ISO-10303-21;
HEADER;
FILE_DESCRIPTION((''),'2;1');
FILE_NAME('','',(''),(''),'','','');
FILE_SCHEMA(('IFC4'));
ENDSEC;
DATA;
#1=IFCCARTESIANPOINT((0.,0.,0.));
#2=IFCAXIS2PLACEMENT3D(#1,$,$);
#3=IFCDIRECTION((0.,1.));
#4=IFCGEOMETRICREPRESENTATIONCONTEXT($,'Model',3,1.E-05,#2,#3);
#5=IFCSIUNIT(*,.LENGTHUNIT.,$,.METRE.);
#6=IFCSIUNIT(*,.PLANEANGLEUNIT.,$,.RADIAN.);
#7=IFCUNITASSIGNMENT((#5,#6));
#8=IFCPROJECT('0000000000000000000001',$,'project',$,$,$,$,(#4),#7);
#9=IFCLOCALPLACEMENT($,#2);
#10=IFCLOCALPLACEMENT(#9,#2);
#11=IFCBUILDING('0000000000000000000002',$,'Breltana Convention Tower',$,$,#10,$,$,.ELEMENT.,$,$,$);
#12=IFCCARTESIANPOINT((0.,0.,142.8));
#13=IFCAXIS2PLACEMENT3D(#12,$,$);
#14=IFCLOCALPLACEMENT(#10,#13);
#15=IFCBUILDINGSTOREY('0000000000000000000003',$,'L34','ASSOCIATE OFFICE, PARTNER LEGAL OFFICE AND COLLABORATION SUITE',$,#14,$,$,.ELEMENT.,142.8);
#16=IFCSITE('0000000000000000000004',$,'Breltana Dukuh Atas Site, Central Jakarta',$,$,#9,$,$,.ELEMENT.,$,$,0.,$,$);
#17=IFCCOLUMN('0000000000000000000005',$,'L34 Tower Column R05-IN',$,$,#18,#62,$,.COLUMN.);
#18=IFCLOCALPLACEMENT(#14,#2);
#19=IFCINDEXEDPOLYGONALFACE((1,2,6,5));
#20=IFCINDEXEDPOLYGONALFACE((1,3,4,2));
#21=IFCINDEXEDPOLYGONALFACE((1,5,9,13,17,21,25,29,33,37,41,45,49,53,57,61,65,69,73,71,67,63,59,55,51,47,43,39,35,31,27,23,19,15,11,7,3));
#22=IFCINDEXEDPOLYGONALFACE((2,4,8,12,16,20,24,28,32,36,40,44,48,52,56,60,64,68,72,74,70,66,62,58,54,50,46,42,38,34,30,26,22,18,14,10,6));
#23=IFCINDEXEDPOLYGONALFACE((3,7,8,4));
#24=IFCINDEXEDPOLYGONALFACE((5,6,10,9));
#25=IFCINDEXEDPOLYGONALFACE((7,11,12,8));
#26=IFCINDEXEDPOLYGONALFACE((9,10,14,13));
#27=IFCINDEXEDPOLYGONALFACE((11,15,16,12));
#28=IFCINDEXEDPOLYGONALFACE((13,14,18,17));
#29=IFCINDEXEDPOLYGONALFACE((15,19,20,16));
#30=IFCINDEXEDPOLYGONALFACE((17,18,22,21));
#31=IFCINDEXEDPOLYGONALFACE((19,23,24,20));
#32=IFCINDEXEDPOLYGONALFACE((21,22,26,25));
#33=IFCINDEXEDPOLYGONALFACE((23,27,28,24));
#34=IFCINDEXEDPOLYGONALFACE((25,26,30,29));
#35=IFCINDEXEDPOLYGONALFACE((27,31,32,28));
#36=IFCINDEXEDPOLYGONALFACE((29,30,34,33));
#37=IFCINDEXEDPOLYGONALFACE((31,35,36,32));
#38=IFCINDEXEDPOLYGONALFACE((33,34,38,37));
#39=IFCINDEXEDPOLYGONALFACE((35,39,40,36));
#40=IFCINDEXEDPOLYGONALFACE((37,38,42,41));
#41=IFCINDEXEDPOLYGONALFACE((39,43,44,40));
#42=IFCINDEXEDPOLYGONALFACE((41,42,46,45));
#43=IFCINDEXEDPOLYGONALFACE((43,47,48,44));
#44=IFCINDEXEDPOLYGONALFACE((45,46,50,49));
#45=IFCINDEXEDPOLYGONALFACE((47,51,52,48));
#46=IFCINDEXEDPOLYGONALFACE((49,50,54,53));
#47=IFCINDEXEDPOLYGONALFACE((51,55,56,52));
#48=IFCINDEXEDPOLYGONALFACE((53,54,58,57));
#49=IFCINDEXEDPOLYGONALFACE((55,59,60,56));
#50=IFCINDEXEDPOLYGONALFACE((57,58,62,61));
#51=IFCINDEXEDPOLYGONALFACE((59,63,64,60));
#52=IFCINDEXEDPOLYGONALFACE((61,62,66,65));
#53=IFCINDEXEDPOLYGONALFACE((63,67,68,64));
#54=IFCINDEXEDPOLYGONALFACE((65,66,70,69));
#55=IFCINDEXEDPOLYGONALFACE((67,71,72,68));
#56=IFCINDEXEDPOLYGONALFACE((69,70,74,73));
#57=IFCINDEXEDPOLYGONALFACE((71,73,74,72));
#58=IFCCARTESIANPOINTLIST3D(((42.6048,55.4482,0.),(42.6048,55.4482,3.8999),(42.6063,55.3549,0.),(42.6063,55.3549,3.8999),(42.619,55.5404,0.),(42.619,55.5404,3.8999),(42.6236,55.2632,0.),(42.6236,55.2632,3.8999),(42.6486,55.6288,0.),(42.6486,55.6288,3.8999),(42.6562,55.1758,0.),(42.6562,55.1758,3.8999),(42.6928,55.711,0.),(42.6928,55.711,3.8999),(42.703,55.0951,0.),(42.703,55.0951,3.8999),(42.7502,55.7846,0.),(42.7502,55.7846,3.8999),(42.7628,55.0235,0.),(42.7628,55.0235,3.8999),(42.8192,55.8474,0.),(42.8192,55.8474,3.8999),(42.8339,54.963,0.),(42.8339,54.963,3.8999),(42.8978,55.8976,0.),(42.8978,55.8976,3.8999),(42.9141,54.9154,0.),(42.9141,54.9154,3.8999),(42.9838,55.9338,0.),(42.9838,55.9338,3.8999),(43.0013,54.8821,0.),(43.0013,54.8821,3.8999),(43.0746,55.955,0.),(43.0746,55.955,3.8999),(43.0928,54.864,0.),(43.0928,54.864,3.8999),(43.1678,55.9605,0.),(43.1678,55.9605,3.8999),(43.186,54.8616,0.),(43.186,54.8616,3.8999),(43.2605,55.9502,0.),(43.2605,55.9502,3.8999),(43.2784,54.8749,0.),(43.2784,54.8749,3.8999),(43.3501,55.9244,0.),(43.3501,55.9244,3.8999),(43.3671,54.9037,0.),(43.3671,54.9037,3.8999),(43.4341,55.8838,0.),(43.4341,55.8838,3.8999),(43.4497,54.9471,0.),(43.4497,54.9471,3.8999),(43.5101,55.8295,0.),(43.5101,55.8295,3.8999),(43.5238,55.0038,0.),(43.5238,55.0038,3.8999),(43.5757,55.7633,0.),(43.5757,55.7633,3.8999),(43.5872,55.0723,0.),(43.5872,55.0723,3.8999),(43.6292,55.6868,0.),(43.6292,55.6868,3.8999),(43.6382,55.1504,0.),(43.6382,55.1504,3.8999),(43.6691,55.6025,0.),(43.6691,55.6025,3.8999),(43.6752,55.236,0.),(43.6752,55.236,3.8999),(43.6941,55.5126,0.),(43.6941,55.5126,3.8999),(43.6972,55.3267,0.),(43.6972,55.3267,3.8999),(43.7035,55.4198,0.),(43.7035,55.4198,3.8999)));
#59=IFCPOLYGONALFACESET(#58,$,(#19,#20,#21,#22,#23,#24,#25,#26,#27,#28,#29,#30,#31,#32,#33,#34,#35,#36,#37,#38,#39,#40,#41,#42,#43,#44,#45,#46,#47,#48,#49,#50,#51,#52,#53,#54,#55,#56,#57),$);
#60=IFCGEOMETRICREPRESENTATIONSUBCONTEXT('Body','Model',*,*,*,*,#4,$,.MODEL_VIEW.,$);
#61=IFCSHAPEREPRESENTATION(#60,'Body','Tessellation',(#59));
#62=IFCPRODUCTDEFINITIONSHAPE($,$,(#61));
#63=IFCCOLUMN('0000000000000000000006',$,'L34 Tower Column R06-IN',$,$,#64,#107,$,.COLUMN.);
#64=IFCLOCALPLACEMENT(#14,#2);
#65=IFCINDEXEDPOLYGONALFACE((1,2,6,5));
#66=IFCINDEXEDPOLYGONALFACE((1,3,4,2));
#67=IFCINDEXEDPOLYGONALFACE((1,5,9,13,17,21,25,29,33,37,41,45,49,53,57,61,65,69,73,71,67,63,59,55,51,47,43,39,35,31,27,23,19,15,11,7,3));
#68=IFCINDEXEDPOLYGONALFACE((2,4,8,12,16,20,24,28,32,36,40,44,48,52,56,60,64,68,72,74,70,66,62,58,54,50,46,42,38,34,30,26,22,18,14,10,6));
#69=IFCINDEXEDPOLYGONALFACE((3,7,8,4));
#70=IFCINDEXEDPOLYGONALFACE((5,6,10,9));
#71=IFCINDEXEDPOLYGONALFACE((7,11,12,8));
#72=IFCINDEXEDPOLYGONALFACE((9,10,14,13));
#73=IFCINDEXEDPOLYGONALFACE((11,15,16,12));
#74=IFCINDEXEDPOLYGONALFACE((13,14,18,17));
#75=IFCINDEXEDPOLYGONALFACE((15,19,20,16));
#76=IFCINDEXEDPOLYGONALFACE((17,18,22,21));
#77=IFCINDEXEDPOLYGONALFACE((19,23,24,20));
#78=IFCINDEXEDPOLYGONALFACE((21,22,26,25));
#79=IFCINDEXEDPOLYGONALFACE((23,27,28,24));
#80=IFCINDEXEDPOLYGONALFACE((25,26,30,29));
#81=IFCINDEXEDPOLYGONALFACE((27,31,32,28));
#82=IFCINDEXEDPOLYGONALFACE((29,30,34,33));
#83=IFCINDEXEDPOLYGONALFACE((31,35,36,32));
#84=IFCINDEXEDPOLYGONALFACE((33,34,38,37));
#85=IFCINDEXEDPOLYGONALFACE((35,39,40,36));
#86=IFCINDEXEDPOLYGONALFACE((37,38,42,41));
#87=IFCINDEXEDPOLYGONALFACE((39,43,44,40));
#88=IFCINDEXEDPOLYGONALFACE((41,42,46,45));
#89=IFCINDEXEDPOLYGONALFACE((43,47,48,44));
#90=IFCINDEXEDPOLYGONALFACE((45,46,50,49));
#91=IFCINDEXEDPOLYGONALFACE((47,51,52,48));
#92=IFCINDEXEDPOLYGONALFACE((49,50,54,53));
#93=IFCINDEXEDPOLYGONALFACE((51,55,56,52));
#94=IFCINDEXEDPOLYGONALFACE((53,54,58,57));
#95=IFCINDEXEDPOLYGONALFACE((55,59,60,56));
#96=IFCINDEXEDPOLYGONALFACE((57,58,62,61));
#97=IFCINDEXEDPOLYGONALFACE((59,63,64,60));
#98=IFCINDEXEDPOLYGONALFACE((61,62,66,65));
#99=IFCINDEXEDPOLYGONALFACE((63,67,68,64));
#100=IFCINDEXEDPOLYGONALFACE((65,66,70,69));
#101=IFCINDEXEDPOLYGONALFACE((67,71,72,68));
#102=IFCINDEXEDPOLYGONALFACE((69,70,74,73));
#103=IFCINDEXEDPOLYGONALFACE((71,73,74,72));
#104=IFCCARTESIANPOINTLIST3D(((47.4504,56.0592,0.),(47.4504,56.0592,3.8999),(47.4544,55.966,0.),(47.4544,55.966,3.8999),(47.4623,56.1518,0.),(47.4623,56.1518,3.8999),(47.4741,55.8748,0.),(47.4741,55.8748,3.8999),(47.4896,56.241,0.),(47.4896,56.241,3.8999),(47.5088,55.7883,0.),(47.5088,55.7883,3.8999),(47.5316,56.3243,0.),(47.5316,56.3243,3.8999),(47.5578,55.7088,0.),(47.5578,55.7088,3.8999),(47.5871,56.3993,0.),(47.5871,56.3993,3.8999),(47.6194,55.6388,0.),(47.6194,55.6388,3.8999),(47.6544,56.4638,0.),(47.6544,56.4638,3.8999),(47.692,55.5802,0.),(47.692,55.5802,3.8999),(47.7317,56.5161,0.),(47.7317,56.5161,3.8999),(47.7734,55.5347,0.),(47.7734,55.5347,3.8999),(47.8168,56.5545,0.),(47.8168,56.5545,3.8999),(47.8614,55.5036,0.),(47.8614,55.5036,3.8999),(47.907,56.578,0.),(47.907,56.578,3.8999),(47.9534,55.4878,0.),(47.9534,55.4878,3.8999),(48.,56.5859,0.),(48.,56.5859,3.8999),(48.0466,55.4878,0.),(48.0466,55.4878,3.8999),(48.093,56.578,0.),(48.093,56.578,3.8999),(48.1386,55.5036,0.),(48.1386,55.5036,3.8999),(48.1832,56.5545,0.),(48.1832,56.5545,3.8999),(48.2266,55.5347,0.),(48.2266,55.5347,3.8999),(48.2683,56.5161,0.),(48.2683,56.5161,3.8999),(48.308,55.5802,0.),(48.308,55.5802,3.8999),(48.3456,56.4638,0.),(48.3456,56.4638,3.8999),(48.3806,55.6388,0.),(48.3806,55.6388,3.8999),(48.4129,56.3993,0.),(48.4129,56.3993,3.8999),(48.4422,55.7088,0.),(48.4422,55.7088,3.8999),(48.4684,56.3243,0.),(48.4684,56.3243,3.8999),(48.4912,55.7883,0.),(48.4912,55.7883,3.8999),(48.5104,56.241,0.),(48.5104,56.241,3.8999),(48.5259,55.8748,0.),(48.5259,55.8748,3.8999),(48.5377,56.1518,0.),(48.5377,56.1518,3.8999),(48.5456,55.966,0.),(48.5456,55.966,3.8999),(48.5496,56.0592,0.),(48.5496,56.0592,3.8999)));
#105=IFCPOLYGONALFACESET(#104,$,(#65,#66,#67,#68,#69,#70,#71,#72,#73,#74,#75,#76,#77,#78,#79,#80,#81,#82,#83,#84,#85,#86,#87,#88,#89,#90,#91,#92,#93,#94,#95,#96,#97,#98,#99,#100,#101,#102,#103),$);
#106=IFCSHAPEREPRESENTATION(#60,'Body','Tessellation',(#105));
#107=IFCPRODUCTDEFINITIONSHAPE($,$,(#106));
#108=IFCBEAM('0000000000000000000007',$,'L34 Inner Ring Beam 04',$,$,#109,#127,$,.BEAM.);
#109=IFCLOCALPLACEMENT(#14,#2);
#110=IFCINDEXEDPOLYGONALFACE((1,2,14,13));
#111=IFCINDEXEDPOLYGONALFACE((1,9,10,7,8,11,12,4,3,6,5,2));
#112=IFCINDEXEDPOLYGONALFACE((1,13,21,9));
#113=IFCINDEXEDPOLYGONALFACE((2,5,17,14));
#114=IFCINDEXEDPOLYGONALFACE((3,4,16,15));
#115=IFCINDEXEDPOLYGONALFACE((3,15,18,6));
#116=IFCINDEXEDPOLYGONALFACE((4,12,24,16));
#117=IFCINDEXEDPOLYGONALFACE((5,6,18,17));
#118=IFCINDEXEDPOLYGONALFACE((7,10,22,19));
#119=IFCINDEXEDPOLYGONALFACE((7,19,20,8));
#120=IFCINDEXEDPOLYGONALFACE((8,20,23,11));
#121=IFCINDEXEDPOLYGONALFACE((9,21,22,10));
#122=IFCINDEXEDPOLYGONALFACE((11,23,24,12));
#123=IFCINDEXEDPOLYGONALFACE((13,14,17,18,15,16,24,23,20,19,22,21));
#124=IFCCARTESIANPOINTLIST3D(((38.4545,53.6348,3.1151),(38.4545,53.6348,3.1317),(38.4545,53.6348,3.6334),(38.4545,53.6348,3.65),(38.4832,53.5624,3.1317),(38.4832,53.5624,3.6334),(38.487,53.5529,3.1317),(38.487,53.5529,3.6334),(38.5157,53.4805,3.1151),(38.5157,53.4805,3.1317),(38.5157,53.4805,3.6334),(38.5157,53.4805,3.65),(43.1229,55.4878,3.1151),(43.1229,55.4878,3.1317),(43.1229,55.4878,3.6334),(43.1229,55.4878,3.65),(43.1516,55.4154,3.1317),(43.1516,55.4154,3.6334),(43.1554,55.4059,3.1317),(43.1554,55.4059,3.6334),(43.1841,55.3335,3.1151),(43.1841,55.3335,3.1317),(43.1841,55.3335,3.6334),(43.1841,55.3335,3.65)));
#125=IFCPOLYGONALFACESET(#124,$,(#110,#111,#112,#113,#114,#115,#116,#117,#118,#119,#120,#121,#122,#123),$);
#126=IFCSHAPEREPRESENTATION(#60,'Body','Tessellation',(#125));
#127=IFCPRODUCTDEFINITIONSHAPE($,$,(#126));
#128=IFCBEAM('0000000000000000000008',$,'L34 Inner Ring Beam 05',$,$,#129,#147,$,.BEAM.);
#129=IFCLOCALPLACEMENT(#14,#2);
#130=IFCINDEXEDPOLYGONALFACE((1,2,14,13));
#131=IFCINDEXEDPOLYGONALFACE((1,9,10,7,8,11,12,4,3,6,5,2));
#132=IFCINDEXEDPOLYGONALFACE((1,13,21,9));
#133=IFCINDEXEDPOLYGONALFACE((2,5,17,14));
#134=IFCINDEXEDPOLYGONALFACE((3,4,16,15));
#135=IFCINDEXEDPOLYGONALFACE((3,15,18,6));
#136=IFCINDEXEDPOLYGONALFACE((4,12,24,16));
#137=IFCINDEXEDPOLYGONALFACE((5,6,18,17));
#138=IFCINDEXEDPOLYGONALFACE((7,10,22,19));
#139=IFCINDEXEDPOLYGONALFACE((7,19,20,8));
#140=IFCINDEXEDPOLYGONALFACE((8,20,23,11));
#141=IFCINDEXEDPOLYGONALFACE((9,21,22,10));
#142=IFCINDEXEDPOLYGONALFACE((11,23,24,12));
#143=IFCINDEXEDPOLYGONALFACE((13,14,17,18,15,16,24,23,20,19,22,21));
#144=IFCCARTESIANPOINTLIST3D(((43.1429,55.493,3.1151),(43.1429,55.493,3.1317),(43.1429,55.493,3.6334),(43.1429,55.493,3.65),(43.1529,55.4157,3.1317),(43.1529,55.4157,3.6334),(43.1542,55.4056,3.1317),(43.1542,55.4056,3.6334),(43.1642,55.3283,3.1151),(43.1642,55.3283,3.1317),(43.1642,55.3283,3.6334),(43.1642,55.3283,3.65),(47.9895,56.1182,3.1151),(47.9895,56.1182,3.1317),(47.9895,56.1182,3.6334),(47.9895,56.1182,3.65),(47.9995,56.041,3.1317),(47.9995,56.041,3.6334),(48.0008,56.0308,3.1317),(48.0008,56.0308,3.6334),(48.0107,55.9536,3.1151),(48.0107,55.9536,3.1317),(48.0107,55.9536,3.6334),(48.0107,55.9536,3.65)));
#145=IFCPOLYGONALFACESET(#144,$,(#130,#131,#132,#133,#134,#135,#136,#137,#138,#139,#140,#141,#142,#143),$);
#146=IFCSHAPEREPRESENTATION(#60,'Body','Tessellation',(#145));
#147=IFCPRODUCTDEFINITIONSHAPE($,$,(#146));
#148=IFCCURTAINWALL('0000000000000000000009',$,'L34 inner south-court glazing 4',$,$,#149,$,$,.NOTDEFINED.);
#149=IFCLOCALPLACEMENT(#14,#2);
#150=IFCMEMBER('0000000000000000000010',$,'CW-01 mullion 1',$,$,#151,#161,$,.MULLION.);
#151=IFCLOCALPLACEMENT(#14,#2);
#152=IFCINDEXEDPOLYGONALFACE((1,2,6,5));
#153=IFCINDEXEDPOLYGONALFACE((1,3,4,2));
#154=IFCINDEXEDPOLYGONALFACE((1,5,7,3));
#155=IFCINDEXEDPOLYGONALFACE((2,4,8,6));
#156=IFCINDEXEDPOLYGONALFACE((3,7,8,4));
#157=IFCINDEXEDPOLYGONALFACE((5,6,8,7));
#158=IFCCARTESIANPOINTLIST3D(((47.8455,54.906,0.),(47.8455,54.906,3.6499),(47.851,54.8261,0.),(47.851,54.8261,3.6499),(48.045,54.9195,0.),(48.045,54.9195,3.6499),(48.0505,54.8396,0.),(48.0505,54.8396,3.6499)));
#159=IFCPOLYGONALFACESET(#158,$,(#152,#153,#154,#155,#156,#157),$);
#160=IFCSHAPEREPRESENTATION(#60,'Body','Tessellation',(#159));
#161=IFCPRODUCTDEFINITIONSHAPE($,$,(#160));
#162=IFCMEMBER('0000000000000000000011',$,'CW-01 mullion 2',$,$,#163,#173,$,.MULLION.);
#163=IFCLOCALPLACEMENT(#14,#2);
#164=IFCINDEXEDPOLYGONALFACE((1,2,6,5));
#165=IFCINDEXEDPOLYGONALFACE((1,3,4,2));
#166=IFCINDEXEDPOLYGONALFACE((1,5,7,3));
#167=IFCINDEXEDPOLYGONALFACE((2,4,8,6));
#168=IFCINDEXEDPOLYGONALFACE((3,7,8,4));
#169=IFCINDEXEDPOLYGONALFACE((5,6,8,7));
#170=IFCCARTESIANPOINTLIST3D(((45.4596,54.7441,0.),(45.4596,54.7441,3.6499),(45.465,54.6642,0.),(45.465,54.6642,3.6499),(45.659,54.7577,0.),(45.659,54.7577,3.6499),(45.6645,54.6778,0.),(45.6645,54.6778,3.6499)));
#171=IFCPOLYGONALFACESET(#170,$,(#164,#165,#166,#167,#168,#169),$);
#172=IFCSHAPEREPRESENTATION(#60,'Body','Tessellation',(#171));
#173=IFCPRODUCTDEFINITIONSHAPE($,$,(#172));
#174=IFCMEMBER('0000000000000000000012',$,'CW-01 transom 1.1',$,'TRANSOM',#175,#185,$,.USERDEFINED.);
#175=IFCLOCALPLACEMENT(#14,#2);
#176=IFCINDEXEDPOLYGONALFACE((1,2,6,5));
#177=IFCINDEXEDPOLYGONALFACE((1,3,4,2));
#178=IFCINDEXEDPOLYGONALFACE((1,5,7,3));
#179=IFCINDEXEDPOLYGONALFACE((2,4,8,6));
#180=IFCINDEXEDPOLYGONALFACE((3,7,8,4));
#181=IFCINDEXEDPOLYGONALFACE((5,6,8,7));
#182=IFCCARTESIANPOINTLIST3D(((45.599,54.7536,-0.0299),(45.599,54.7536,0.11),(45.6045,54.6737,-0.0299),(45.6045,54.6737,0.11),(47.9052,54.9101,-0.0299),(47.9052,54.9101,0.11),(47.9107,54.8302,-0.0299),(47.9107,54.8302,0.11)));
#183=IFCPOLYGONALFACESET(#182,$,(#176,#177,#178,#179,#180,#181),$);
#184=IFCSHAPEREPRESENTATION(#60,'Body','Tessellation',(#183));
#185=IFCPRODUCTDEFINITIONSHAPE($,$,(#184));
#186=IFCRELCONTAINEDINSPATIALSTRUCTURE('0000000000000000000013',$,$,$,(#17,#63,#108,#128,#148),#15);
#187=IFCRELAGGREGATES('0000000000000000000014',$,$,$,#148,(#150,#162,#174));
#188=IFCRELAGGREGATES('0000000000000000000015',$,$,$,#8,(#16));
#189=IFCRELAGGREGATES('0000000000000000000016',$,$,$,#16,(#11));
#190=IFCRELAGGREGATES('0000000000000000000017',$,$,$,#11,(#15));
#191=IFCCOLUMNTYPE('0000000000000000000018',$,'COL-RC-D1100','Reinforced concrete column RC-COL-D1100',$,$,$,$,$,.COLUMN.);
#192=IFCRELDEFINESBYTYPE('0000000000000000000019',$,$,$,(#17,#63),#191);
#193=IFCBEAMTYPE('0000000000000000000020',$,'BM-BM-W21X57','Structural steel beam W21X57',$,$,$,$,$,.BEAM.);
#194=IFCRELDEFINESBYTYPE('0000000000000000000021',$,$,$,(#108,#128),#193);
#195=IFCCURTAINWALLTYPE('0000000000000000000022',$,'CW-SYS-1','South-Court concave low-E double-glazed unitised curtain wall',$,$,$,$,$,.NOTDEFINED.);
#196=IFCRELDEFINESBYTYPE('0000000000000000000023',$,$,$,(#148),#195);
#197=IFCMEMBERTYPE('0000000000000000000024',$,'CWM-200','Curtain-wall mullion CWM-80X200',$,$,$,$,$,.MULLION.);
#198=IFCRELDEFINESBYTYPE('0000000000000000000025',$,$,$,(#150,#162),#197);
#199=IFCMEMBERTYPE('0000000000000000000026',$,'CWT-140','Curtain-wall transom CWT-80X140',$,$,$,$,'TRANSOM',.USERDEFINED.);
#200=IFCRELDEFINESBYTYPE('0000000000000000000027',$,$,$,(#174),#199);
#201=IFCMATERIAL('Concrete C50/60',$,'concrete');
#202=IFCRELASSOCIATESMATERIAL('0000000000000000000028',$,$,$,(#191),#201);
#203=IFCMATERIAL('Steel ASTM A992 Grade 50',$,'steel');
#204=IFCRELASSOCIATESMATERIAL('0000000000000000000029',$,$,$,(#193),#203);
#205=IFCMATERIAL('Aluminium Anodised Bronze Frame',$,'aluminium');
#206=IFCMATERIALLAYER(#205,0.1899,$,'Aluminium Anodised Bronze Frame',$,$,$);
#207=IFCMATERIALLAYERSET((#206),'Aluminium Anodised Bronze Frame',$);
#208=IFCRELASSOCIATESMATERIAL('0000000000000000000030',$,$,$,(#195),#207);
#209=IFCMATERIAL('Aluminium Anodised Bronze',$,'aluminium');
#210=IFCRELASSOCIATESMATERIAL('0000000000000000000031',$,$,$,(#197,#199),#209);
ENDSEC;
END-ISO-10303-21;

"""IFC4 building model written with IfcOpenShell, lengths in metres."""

from ifc_helpers import new_model, si_unit, direction, frame, origin, origin_2d, place, context, subcontext, project, spatial, rectangle, circle, i_section, extrude, source, transform, mapped, material, layer, layer_set, material_profile, profile_set, type_object, element, aggregate, save


model = new_model("IFC4")

# Units and contexts
model_context = context("Model", 3, precision=1e-05, world=origin(), true_north=direction((0.0, 1.0)))
body_context = subcontext(model_context, "Body", "Model", "MODEL_VIEW")
ifc_project = project(units=[si_unit("LENGTHUNIT", "METRE"), si_unit("PLANEANGLEUNIT", "RADIAN")], contexts=[model_context])

# Site, building, storey
site_placement = place(None, origin())
site = spatial("IfcSite", under=ifc_project, at=site_placement, Name="Breltana Dukuh Atas Site, Central Jakarta", CompositionType="ELEMENT", RefElevation=0.0)
building_placement = place(site_placement, origin())
building = spatial("IfcBuilding", under=site, at=building_placement, Name="Breltana Convention Tower", CompositionType="ELEMENT")
storey_placement = place(building_placement, frame((0.0, 0.0, 142.8)))
storey = spatial("IfcBuildingStorey", under=building, at=storey_placement, Name="L34", Description="ASSOCIATE OFFICE, PARTNER LEGAL OFFICE AND COLLABORATION SUITE", CompositionType="ELEMENT", Elevation=142.8)

# Columns
ifc_material_1 = material(Name="Concrete C50/60", Category="concrete")
ifc_material_profile_1 = material_profile(ifc_material_1, circle(Radius=0.55, at=origin_2d()), Name="RC-COL-D1100")
ifc_profile_set_1 = profile_set([ifc_material_profile_1], Name="Concrete C50/60")
column_type = type_object("IfcColumnType", Name="COL-RC-D1100", Description="Reinforced concrete column RC-COL-D1100", PredefinedType="COLUMN", material=ifc_profile_set_1)
shared_shape_1 = source(origin(), body_context, "Body", "SweptSolid", [
    extrude(circle(Radius=0.55, at=origin_2d()), origin(), (0.0, 0.0, 1.0), 3.8999),
])
for number, where, z_axis, x_axis, name in (
    (1, (43.1536, 55.4106, 0.0), (0.0, 0.0, 1.0), (-0.143493, 0.989651, 0.0), "L34 Tower Column R05-IN"),
    (2, (48.0, 56.0359, 0.0), (0.0, 0.0, 1.0), (0.0, 1.0, 0.0), "L34 Tower Column R06-IN"),
):
    element("IfcColumn", number, at=place(storey_placement, frame(where, z_axis=z_axis, x_axis=x_axis)), inside=storey, type_object=column_type, Name=name, PredefinedType="COLUMN", context=body_context, shape_type="MappedRepresentation", body=[
        mapped(shared_shape_1, transform((0.0, 0.0, 0.0), scale=1.0)),
    ])

# Beams
ifc_material_2 = material(Name="Steel ASTM A992 Grade 50", Category="steel")
ifc_material_profile_2 = material_profile(ifc_material_2, i_section(OverallWidth=0.166, OverallDepth=0.5349, WebThickness=0.0103, FlangeThickness=0.0166, at=origin_2d()), Name="W21X57")
ifc_profile_set_2 = profile_set([ifc_material_profile_2], Name="Steel ASTM A992 Grade 50")
beam_type = type_object("IfcBeamType", Name="BM-BM-W21X57", Description="Structural steel beam W21X57", PredefinedType="BEAM", material=ifc_profile_set_2)
shared_shape_2 = source(origin(), body_context, "Body", "SweptSolid", [
    extrude(i_section(OverallWidth=0.166, OverallDepth=0.5349, WebThickness=0.0103, FlangeThickness=0.0166, at=origin_2d()), origin(), (0.0, 0.0, 1.0), 5.0227),
])
beam_1_placement = place(storey_placement, frame((38.4851, 53.5576, 3.3826), z_axis=(0.929459, 0.368926, 0.0), x_axis=(-0.368926, 0.929459, 0.0)))
element("IfcBeam", 3, at=beam_1_placement, inside=storey, type_object=beam_type, Name="L34 Inner Ring Beam 04", PredefinedType="BEAM", context=body_context, shape_type="MappedRepresentation", body=[
    mapped(shared_shape_2, transform((0.0, 0.0, 0.0), scale=1.0)),
])
shared_shape_3 = source(origin(), body_context, "Body", "SweptSolid", [
    extrude(i_section(OverallWidth=0.166, OverallDepth=0.5349, WebThickness=0.0103, FlangeThickness=0.0166, at=origin_2d()), origin(), (0.0, 0.0, 1.0), 4.8867),
])
beam_2_placement = place(storey_placement, frame((43.1536, 55.4106, 3.3826), z_axis=(0.991781, 0.127951, 0.0), x_axis=(-0.127951, 0.991781, 0.0)))
element("IfcBeam", 4, at=beam_2_placement, inside=storey, type_object=beam_type, Name="L34 Inner Ring Beam 05", PredefinedType="BEAM", context=body_context, shape_type="MappedRepresentation", body=[
    mapped(shared_shape_3, transform((0.0, 0.0, 0.0), scale=1.0)),
])

# Curtain wall, members
ifc_material_3 = material(Name="Aluminium Anodised Bronze Frame", Category="aluminium")
ifc_layer_1 = layer(ifc_material_3, 0.1899, Name="Aluminium Anodised Bronze Frame")
ifc_layer_set_1 = layer_set([ifc_layer_1], Name="Aluminium Anodised Bronze Frame")
curtain_wall_type = type_object("IfcCurtainWallType", Name="CW-SYS-1", Description="South-Court concave low-E double-glazed unitised curtain wall", PredefinedType="NOTDEFINED", material=ifc_layer_set_1)
curtain_wall_placement = place(storey_placement, origin())
curtain_wall = element("IfcCurtainWall", 5, at=curtain_wall_placement, inside=storey, type_object=curtain_wall_type, Name="L34 inner south-court glazing 4", PredefinedType="NOTDEFINED")
ifc_material_4 = material(Name="Aluminium Anodised Bronze", Category="aluminium")
ifc_material_profile_3 = material_profile(ifc_material_4, rectangle(XDim=0.0801, YDim=0.2, at=origin_2d()), Name="CWM-80X200")
ifc_profile_set_3 = profile_set([ifc_material_profile_3], Name="Aluminium Anodised Bronze")
member_type_1 = type_object("IfcMemberType", Name="CWM-200", Description="Curtain-wall mullion CWM-80X200", PredefinedType="MULLION", material=ifc_profile_set_3)
shared_shape_4 = source(origin(), body_context, "Body", "SweptSolid", [
    extrude(rectangle(XDim=0.0801, YDim=0.2, at=origin_2d()), origin(), (0.0, 0.0, 1.0), 3.6499),
])
member_1_placement = place(storey_placement, frame((47.948, 54.8728, 0.0), z_axis=(0.0, 0.0, 1.0), x_axis=(0.067733, -0.997703, 0.0)))
member_1 = element("IfcMember", 6, at=member_1_placement, type_object=member_type_1, Name="CW-01 mullion 1", PredefinedType="MULLION", context=body_context, shape_type="MappedRepresentation", body=[
    mapped(shared_shape_4, transform((0.0, 0.0, 0.0), scale=1.0)),
])
member_2_placement = place(storey_placement, frame((45.562, 54.7109, 0.0), z_axis=(0.0, 0.0, 1.0), x_axis=(0.067733, -0.997703, 0.0)))
member_2 = element("IfcMember", 7, at=member_2_placement, type_object=member_type_1, Name="CW-01 mullion 2", PredefinedType="MULLION", context=body_context, shape_type="MappedRepresentation", body=[
    mapped(shared_shape_4, transform((0.0, 0.0, 0.0), scale=1.0)),
])
ifc_material_profile_4 = material_profile(ifc_material_4, rectangle(XDim=0.0801, YDim=0.1399, at=origin_2d()), Name="CWT-80X140")
ifc_profile_set_4 = profile_set([ifc_material_profile_4], Name="Aluminium Anodised Bronze")
member_type_2 = type_object("IfcMemberType", Name="CWT-140", Description="Curtain-wall transom CWT-80X140", ElementType="TRANSOM", PredefinedType="USERDEFINED", material=ifc_profile_set_4)
shared_shape_5 = source(origin(), body_context, "Body", "SweptSolid", [
    extrude(rectangle(XDim=0.0801, YDim=0.1399, at=origin_2d()), origin(), (0.0, 0.0, 1.0), 2.3115),
])
member_3_placement = place(storey_placement, frame((47.908, 54.8701, 0.04), z_axis=(-0.997705, -0.067704, 0.0), x_axis=(0.067704, -0.997705, 0.0)))
member_3 = element("IfcMember", 8, at=member_3_placement, type_object=member_type_2, Name="CW-01 transom 1.1", ObjectType="TRANSOM", PredefinedType="USERDEFINED", context=body_context, shape_type="MappedRepresentation", body=[
    mapped(shared_shape_5, transform((0.0, 0.0, 0.0), scale=1.0)),
])
aggregate(curtain_wall, [member_1, member_2, member_3])

save(model, "model.ifc")
